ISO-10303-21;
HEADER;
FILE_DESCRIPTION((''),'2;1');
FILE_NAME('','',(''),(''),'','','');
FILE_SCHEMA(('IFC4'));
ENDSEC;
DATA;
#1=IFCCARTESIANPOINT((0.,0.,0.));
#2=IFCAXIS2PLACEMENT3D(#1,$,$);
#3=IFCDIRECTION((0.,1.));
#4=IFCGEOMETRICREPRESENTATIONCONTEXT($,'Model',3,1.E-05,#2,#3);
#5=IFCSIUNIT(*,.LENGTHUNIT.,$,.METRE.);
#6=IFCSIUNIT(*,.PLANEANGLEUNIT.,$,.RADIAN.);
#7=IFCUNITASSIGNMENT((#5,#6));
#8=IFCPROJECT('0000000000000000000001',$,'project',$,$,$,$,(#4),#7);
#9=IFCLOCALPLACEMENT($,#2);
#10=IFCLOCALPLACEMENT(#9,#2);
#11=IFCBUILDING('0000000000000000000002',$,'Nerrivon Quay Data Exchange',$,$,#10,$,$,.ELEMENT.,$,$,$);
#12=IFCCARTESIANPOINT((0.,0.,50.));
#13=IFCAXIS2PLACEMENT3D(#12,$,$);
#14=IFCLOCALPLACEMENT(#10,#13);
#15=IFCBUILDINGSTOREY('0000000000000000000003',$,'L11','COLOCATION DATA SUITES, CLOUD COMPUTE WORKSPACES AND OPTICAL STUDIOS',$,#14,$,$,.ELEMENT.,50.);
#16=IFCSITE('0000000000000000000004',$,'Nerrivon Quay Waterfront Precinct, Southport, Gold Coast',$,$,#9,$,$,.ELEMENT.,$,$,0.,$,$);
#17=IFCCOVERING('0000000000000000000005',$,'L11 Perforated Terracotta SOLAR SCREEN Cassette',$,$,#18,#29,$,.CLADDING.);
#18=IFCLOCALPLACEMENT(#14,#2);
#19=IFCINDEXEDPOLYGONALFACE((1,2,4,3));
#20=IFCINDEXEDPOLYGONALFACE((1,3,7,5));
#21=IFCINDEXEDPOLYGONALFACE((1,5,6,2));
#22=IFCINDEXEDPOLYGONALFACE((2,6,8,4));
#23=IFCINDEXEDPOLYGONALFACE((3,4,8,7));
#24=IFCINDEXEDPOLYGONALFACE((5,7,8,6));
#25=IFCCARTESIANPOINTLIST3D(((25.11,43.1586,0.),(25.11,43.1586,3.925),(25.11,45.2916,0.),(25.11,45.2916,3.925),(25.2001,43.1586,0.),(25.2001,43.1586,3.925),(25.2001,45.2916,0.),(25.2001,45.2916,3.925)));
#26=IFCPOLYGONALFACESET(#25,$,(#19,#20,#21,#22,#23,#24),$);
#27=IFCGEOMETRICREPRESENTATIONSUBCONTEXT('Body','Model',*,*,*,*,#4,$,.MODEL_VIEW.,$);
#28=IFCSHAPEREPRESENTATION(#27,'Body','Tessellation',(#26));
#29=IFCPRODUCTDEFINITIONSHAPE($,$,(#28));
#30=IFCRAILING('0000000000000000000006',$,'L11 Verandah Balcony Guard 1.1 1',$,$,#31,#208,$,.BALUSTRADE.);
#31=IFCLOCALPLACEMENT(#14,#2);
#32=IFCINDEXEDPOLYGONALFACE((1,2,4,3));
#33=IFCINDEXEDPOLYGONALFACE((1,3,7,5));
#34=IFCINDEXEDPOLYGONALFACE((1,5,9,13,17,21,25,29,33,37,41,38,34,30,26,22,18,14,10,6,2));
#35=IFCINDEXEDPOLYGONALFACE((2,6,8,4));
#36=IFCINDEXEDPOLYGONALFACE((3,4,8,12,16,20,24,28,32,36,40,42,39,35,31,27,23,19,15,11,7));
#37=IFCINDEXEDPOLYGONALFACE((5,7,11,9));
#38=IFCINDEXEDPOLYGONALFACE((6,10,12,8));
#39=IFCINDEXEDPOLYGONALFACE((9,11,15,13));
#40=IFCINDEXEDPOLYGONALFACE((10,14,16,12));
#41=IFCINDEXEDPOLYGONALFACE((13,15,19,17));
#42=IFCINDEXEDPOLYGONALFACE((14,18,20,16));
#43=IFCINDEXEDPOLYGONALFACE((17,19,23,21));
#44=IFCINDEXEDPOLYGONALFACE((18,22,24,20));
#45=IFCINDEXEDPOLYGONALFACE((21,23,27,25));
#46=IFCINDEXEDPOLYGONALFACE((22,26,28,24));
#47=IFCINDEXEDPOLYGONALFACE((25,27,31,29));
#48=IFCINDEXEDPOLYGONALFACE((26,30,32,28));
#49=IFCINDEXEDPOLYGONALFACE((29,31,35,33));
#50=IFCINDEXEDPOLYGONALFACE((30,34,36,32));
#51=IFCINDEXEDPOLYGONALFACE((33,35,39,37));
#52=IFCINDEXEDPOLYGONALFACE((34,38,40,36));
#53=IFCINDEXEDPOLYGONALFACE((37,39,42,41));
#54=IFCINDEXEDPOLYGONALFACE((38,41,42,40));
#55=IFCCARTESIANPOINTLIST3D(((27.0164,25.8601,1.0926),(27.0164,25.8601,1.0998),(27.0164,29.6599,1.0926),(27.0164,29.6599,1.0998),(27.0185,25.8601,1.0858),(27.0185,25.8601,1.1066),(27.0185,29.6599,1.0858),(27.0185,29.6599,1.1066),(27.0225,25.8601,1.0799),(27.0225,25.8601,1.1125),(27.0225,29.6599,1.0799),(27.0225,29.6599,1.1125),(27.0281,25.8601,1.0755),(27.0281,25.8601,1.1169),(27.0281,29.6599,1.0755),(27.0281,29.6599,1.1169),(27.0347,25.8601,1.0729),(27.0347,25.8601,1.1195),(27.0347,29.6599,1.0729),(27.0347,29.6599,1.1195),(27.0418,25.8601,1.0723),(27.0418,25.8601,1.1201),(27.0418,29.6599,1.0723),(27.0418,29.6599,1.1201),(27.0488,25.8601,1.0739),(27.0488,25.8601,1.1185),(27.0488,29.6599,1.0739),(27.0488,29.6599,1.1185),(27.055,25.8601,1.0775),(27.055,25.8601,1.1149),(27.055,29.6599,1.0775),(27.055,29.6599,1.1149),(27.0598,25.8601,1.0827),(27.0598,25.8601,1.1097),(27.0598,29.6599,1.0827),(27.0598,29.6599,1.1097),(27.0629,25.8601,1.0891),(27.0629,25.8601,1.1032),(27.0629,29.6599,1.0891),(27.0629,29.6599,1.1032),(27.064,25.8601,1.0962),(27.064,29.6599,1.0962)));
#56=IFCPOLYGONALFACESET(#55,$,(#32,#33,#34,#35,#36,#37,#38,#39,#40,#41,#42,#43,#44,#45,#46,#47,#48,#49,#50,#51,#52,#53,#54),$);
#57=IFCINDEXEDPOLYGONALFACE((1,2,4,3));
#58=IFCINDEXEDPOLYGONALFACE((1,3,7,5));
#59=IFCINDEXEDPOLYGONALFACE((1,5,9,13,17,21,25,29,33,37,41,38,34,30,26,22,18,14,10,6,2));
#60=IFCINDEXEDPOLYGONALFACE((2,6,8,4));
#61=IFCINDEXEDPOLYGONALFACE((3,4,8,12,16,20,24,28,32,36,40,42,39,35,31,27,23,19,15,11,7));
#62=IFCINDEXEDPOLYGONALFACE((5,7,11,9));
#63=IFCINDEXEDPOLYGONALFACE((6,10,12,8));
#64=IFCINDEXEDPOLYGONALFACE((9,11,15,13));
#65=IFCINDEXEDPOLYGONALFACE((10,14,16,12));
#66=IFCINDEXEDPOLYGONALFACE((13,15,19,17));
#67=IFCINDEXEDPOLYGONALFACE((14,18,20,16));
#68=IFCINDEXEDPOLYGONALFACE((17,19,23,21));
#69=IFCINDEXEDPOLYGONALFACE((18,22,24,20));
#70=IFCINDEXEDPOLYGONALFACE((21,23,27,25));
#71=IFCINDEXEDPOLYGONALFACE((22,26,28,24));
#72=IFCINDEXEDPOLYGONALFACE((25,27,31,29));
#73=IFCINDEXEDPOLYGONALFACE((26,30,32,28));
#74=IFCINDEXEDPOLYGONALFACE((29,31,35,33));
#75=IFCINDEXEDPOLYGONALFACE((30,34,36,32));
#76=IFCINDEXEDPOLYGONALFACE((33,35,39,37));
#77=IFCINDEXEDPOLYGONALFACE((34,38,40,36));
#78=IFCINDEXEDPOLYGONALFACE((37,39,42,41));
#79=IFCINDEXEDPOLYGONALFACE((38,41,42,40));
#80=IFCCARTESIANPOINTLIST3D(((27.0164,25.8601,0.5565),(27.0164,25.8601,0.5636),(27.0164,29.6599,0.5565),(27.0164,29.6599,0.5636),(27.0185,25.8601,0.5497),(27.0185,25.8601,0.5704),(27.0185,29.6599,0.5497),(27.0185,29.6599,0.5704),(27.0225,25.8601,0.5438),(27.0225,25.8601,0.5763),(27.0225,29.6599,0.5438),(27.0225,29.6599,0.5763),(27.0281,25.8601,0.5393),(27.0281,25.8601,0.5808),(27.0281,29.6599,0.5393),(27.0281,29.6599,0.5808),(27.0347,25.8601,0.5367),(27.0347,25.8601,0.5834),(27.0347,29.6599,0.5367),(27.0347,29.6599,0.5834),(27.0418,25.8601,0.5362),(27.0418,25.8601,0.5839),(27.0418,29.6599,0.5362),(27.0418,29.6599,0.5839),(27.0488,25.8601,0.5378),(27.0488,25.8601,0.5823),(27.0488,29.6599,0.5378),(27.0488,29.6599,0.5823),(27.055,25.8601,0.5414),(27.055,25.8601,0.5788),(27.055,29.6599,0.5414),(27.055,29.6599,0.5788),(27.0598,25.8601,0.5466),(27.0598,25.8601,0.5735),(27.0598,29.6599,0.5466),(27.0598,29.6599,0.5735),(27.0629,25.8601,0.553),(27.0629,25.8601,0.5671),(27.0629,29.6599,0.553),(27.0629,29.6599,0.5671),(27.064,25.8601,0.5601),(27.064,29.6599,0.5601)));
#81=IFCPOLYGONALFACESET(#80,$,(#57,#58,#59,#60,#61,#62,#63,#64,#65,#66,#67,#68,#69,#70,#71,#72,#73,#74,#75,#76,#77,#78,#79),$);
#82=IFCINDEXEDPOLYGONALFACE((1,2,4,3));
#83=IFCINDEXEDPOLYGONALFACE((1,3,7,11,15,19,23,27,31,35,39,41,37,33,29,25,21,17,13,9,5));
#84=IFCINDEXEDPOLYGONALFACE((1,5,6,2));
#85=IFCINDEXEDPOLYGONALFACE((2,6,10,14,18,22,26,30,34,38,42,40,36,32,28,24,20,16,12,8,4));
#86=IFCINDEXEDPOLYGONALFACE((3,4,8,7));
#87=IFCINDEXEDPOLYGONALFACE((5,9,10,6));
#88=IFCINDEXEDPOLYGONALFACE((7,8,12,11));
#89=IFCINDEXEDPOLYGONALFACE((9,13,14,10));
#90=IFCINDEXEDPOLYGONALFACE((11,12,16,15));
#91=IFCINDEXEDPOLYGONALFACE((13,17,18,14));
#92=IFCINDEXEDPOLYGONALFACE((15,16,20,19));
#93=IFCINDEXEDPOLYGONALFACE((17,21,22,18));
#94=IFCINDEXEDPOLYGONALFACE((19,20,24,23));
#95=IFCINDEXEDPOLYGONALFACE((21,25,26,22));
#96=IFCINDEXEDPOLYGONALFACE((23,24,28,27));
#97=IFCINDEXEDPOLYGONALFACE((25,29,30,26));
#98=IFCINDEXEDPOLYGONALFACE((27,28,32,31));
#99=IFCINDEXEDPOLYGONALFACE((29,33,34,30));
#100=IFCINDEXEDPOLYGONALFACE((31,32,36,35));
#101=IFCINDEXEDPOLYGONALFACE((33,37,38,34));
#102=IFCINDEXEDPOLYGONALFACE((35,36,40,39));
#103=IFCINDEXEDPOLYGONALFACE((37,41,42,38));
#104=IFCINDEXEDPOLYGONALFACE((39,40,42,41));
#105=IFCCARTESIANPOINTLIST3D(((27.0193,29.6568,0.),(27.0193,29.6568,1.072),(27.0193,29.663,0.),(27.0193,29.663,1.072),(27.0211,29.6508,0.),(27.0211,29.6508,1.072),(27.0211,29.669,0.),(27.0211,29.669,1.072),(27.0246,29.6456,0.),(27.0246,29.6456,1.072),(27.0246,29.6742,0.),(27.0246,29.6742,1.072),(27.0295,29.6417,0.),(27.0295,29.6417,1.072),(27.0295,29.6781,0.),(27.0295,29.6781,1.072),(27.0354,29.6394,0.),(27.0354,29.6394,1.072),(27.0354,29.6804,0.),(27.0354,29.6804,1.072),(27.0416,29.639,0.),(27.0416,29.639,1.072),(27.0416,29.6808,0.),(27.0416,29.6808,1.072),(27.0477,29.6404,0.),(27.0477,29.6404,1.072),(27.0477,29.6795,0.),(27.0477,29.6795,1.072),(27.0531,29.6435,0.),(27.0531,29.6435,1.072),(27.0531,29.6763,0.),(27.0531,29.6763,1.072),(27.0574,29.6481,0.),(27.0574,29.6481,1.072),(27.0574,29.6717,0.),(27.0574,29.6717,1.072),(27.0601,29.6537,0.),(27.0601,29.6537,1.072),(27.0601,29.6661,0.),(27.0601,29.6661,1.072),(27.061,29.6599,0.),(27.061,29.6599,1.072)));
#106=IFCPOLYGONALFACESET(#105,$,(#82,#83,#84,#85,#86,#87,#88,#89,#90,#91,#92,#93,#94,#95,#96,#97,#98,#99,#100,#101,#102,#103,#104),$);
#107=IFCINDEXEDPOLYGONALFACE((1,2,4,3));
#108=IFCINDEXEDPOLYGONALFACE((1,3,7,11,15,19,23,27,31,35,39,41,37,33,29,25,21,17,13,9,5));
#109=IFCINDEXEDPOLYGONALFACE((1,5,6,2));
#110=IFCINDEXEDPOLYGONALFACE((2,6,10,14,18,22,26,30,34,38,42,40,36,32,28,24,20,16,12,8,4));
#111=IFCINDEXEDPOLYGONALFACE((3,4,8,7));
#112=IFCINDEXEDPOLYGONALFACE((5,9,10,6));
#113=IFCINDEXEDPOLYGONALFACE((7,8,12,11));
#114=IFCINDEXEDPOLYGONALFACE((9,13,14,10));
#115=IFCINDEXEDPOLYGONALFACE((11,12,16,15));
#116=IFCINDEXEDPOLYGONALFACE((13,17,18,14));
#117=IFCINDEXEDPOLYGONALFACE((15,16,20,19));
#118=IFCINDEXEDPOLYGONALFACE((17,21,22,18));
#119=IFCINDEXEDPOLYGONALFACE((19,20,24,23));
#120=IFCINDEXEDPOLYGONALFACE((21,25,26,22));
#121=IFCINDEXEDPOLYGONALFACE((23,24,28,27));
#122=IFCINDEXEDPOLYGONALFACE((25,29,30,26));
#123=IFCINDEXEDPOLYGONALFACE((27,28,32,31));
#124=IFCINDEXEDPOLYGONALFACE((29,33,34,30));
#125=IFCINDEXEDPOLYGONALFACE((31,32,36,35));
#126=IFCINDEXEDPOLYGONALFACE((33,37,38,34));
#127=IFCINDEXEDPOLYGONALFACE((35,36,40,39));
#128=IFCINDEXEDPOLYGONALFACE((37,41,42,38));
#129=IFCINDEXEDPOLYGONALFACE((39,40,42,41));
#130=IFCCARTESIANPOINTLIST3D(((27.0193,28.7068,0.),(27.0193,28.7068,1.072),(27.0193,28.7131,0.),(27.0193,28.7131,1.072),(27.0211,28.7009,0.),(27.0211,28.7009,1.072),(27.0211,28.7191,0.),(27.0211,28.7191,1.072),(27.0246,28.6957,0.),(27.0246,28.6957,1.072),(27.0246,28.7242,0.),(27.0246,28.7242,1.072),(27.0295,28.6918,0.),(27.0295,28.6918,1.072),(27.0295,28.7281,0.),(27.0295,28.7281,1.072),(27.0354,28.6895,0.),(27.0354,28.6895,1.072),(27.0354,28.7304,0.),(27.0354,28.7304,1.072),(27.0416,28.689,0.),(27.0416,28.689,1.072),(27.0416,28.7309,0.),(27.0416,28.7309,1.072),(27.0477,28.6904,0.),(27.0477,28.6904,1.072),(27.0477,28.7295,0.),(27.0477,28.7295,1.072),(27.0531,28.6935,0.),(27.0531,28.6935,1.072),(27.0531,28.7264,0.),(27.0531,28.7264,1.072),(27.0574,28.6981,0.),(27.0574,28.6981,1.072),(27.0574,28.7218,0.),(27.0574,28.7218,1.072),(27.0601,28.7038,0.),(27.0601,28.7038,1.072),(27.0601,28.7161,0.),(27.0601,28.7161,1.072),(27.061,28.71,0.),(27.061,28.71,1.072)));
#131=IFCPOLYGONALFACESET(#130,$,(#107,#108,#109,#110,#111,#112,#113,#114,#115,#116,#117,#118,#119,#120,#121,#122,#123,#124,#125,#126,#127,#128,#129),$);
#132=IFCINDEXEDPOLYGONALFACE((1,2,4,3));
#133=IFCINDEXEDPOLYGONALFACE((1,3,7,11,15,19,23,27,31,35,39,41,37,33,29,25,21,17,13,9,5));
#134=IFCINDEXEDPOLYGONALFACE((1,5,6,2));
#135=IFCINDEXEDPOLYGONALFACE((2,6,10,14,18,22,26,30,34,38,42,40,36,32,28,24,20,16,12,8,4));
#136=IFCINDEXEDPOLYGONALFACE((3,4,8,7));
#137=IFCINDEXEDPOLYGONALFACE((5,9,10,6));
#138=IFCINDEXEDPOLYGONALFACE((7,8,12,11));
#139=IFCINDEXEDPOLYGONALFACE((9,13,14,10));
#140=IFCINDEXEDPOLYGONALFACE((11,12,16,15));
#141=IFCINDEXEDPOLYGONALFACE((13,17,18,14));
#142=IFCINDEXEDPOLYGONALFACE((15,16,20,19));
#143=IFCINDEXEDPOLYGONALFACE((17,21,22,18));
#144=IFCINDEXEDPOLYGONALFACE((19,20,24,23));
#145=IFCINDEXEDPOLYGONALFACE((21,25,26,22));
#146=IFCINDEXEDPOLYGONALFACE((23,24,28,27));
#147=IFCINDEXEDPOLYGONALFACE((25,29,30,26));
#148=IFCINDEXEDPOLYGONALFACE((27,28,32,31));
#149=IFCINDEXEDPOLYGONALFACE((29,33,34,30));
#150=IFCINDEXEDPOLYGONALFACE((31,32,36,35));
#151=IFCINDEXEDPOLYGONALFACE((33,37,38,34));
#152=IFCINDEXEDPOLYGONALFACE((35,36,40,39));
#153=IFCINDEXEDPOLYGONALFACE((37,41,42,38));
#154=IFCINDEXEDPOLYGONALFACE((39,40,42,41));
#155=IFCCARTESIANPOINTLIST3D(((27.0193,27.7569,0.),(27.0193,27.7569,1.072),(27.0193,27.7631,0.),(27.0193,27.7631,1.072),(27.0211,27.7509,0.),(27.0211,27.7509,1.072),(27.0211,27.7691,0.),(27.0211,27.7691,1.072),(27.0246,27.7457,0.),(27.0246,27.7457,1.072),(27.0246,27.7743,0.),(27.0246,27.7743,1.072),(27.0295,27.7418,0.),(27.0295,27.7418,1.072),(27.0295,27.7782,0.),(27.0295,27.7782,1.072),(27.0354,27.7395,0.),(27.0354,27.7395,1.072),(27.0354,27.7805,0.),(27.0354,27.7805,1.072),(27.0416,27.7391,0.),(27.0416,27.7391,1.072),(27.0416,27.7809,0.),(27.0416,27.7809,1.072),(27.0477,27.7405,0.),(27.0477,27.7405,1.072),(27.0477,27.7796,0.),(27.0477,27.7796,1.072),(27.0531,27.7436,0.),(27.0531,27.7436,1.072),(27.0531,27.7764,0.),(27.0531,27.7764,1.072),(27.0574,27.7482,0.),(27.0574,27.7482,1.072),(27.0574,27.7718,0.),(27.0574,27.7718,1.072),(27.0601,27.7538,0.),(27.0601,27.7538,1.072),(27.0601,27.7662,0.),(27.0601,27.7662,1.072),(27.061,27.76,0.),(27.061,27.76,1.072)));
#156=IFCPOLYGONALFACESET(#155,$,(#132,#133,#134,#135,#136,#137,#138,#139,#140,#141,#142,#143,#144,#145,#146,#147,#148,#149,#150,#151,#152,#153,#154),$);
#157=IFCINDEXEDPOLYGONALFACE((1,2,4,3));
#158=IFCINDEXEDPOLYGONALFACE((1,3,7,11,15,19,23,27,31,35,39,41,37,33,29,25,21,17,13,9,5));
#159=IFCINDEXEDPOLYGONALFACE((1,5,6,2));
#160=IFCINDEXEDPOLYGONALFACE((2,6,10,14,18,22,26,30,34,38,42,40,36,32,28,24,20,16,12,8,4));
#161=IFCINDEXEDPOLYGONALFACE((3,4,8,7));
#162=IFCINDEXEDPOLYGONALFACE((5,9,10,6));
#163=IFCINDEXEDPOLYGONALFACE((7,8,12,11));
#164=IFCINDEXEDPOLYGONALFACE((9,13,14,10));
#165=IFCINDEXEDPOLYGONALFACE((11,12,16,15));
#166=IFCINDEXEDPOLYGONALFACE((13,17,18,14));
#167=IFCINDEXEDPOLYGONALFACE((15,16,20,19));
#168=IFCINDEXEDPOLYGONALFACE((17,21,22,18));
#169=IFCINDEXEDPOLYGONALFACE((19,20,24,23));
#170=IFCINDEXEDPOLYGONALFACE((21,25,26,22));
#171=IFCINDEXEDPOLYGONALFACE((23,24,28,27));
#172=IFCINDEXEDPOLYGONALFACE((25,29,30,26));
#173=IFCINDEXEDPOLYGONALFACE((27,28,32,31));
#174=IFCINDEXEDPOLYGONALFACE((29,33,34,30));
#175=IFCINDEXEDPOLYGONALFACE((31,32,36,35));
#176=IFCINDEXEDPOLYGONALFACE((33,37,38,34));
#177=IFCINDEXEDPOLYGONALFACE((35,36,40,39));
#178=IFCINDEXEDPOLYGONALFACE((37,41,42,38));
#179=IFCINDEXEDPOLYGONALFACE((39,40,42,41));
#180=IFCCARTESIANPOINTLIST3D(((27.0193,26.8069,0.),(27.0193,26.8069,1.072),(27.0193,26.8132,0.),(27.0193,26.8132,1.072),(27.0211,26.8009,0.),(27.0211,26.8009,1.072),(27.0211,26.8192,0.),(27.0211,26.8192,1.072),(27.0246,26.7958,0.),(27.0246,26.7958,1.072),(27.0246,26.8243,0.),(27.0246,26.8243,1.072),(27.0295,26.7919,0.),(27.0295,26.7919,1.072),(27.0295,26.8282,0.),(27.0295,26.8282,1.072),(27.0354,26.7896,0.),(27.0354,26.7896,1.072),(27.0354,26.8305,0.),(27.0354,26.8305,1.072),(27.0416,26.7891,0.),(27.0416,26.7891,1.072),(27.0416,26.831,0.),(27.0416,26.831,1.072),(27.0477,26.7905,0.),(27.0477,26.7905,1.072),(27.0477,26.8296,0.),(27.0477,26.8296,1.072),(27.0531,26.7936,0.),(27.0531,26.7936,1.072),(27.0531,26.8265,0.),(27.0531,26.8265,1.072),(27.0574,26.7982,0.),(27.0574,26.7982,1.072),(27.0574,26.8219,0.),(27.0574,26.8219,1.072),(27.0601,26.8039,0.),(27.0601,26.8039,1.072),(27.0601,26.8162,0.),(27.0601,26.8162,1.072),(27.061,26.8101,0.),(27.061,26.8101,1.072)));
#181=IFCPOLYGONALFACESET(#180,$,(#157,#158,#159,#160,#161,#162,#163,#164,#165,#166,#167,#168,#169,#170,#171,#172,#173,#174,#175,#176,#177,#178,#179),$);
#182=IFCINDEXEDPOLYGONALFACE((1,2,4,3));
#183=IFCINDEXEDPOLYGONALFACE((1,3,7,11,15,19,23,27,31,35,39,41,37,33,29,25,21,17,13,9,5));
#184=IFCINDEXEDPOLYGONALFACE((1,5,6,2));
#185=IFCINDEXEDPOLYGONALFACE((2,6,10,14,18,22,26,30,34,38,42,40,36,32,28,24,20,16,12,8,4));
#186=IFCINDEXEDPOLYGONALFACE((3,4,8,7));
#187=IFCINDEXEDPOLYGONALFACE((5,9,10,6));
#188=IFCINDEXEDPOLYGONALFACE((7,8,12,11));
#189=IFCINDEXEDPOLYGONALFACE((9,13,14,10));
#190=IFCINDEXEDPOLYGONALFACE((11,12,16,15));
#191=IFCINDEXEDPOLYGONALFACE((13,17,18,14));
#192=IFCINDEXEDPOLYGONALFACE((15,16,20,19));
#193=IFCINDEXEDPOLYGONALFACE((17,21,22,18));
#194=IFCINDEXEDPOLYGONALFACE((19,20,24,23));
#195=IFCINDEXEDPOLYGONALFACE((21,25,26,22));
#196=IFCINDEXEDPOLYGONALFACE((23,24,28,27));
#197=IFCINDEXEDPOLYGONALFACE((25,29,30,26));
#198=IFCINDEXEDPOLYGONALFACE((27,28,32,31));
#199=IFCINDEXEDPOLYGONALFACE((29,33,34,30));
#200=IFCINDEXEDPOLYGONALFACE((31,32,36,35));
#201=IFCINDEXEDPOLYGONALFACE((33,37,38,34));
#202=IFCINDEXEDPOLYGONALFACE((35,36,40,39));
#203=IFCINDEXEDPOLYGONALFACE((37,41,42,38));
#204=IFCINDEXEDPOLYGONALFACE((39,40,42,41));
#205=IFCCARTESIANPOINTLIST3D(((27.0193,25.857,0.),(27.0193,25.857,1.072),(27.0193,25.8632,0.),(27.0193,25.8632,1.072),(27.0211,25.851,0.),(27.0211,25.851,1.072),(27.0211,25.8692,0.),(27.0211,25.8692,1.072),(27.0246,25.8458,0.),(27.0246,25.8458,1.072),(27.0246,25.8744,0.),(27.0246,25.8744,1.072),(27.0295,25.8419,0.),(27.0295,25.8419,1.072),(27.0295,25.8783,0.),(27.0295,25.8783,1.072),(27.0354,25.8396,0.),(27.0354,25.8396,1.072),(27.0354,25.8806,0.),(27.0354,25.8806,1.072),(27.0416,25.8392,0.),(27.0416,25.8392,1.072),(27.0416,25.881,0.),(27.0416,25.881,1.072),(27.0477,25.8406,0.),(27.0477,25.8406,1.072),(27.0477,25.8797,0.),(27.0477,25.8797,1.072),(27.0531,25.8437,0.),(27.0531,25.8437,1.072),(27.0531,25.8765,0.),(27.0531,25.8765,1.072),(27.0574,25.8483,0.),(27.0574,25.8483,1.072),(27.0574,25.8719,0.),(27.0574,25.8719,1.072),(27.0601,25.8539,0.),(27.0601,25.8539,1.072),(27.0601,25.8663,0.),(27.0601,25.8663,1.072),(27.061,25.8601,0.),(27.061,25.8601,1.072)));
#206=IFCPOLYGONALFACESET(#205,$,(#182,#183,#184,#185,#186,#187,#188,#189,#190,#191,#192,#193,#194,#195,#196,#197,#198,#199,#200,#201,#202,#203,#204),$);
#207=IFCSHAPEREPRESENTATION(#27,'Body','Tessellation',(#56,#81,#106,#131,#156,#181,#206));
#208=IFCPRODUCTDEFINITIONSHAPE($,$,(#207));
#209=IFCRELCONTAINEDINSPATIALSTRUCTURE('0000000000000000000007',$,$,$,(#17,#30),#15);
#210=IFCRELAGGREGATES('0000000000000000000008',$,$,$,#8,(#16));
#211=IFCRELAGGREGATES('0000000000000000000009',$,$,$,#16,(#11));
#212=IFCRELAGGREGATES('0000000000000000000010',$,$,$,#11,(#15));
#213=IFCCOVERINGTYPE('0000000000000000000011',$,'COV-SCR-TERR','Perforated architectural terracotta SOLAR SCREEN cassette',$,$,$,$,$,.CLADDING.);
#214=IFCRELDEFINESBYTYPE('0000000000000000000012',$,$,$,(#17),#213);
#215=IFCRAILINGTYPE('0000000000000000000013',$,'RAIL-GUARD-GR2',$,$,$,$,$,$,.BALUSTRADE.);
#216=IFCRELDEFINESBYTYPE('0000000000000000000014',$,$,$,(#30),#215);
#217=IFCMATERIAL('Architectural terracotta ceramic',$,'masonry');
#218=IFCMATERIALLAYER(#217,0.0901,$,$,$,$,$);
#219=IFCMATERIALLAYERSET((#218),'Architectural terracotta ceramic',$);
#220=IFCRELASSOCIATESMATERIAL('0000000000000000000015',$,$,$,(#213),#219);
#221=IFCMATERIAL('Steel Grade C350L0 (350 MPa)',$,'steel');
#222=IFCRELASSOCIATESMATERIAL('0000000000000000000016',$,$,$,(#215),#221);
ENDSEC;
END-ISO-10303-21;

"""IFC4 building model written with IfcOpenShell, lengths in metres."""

from ifc_helpers import new_model, si_unit, direction, frame, origin, origin_2d, place, context, subcontext, project, spatial, rectangle, circle, extrude, material, layer, layer_set, type_object, element, save


model = new_model("IFC4")

# Units and contexts
model_context = context("Model", 3, precision=1e-05, world=origin(), true_north=direction((0.0, 1.0)))
body_context = subcontext(model_context, "Body", "Model", "MODEL_VIEW")
ifc_project = project(units=[si_unit("LENGTHUNIT", "METRE"), si_unit("PLANEANGLEUNIT", "RADIAN")], contexts=[model_context])

# Site, building, storey
site_placement = place(None, origin())
site = spatial("IfcSite", under=ifc_project, at=site_placement, Name="Nerrivon Quay Waterfront Precinct, Southport, Gold Coast", CompositionType="ELEMENT", RefElevation=0.0)
building_placement = place(site_placement, origin())
building = spatial("IfcBuilding", under=site, at=building_placement, Name="Nerrivon Quay Data Exchange", CompositionType="ELEMENT")
storey_placement = place(building_placement, frame((0.0, 0.0, 50.0)))
storey = spatial("IfcBuildingStorey", under=building, at=storey_placement, Name="L11", Description="COLOCATION DATA SUITES, CLOUD COMPUTE WORKSPACES AND OPTICAL STUDIOS", CompositionType="ELEMENT", Elevation=50.0)

# Covering
ifc_material_1 = material(Name="Architectural terracotta ceramic", Category="masonry")
ifc_layer_1 = layer(ifc_material_1, 0.0901)
ifc_layer_set_1 = layer_set([ifc_layer_1], Name="Architectural terracotta ceramic")
covering_type = type_object("IfcCoveringType", Name="COV-SCR-TERR", Description="Perforated architectural terracotta SOLAR SCREEN cassette", PredefinedType="CLADDING", material=ifc_layer_set_1)
covering_placement = place(storey_placement, frame((25.155, 44.2251, 0.0), z_axis=(0.0, 0.0, 1.0), x_axis=(0.0, -1.0, 0.0)))
element("IfcCovering", 1, at=covering_placement, inside=storey, type_object=covering_type, Name="L11 Perforated Terracotta SOLAR SCREEN Cassette", PredefinedType="CLADDING", context=body_context, shape_type="SweptSolid", body=[
    extrude(rectangle(XDim=2.1331, YDim=0.0901, at=origin_2d()), origin(), (0.0, 0.0, 1.0), 3.925),
])

# Railing
ifc_material_2 = material(Name="Steel Grade C350L0 (350 MPa)", Category="steel")
railing_type = type_object("IfcRailingType", Name="RAIL-GUARD-GR2", PredefinedType="BALUSTRADE", material=ifc_material_2)
railing_1_placement = place(storey_placement, frame((27.04, 29.6599, 0.0)))
element("IfcRailing", 2, at=railing_1_placement, inside=storey, type_object=railing_type, Name="L11 Verandah Balcony Guard 1.1 1", PredefinedType="BALUSTRADE", context=body_context, shape_type="SweptSolid", body=[
    extrude(circle(Radius=0.0239, at=origin_2d()), frame((0.0, 0.0, 1.0962), z_axis=(0.0, -1.0, 0.0), x_axis=(1.0, 0.0, 0.0)), (0.0, 0.0, 1.0), 3.7998),
    extrude(circle(Radius=0.0239, at=origin_2d()), frame((0.0, 0.0, 0.5601), z_axis=(0.0, -1.0, 0.0), x_axis=(1.0, 0.0, 0.0)), (0.0, 0.0, 1.0), 3.7998),
    extrude(circle(Radius=0.021, at=origin_2d()), origin(), (0.0, 0.0, 1.0), 1.072),
    extrude(circle(Radius=0.021, at=origin_2d()), frame((0.0, -0.95, 0.0)), (0.0, 0.0, 1.0), 1.072),
    extrude(circle(Radius=0.021, at=origin_2d()), frame((0.0, -1.8999, 0.0)), (0.0, 0.0, 1.0), 1.072),
    extrude(circle(Radius=0.021, at=origin_2d()), frame((0.0, -2.8499, 0.0)), (0.0, 0.0, 1.0), 1.072),
    extrude(circle(Radius=0.021, at=origin_2d()), frame((0.0, -3.7998, 0.0)), (0.0, 0.0, 1.0), 1.072),
])

save(model, "model.ifc")
